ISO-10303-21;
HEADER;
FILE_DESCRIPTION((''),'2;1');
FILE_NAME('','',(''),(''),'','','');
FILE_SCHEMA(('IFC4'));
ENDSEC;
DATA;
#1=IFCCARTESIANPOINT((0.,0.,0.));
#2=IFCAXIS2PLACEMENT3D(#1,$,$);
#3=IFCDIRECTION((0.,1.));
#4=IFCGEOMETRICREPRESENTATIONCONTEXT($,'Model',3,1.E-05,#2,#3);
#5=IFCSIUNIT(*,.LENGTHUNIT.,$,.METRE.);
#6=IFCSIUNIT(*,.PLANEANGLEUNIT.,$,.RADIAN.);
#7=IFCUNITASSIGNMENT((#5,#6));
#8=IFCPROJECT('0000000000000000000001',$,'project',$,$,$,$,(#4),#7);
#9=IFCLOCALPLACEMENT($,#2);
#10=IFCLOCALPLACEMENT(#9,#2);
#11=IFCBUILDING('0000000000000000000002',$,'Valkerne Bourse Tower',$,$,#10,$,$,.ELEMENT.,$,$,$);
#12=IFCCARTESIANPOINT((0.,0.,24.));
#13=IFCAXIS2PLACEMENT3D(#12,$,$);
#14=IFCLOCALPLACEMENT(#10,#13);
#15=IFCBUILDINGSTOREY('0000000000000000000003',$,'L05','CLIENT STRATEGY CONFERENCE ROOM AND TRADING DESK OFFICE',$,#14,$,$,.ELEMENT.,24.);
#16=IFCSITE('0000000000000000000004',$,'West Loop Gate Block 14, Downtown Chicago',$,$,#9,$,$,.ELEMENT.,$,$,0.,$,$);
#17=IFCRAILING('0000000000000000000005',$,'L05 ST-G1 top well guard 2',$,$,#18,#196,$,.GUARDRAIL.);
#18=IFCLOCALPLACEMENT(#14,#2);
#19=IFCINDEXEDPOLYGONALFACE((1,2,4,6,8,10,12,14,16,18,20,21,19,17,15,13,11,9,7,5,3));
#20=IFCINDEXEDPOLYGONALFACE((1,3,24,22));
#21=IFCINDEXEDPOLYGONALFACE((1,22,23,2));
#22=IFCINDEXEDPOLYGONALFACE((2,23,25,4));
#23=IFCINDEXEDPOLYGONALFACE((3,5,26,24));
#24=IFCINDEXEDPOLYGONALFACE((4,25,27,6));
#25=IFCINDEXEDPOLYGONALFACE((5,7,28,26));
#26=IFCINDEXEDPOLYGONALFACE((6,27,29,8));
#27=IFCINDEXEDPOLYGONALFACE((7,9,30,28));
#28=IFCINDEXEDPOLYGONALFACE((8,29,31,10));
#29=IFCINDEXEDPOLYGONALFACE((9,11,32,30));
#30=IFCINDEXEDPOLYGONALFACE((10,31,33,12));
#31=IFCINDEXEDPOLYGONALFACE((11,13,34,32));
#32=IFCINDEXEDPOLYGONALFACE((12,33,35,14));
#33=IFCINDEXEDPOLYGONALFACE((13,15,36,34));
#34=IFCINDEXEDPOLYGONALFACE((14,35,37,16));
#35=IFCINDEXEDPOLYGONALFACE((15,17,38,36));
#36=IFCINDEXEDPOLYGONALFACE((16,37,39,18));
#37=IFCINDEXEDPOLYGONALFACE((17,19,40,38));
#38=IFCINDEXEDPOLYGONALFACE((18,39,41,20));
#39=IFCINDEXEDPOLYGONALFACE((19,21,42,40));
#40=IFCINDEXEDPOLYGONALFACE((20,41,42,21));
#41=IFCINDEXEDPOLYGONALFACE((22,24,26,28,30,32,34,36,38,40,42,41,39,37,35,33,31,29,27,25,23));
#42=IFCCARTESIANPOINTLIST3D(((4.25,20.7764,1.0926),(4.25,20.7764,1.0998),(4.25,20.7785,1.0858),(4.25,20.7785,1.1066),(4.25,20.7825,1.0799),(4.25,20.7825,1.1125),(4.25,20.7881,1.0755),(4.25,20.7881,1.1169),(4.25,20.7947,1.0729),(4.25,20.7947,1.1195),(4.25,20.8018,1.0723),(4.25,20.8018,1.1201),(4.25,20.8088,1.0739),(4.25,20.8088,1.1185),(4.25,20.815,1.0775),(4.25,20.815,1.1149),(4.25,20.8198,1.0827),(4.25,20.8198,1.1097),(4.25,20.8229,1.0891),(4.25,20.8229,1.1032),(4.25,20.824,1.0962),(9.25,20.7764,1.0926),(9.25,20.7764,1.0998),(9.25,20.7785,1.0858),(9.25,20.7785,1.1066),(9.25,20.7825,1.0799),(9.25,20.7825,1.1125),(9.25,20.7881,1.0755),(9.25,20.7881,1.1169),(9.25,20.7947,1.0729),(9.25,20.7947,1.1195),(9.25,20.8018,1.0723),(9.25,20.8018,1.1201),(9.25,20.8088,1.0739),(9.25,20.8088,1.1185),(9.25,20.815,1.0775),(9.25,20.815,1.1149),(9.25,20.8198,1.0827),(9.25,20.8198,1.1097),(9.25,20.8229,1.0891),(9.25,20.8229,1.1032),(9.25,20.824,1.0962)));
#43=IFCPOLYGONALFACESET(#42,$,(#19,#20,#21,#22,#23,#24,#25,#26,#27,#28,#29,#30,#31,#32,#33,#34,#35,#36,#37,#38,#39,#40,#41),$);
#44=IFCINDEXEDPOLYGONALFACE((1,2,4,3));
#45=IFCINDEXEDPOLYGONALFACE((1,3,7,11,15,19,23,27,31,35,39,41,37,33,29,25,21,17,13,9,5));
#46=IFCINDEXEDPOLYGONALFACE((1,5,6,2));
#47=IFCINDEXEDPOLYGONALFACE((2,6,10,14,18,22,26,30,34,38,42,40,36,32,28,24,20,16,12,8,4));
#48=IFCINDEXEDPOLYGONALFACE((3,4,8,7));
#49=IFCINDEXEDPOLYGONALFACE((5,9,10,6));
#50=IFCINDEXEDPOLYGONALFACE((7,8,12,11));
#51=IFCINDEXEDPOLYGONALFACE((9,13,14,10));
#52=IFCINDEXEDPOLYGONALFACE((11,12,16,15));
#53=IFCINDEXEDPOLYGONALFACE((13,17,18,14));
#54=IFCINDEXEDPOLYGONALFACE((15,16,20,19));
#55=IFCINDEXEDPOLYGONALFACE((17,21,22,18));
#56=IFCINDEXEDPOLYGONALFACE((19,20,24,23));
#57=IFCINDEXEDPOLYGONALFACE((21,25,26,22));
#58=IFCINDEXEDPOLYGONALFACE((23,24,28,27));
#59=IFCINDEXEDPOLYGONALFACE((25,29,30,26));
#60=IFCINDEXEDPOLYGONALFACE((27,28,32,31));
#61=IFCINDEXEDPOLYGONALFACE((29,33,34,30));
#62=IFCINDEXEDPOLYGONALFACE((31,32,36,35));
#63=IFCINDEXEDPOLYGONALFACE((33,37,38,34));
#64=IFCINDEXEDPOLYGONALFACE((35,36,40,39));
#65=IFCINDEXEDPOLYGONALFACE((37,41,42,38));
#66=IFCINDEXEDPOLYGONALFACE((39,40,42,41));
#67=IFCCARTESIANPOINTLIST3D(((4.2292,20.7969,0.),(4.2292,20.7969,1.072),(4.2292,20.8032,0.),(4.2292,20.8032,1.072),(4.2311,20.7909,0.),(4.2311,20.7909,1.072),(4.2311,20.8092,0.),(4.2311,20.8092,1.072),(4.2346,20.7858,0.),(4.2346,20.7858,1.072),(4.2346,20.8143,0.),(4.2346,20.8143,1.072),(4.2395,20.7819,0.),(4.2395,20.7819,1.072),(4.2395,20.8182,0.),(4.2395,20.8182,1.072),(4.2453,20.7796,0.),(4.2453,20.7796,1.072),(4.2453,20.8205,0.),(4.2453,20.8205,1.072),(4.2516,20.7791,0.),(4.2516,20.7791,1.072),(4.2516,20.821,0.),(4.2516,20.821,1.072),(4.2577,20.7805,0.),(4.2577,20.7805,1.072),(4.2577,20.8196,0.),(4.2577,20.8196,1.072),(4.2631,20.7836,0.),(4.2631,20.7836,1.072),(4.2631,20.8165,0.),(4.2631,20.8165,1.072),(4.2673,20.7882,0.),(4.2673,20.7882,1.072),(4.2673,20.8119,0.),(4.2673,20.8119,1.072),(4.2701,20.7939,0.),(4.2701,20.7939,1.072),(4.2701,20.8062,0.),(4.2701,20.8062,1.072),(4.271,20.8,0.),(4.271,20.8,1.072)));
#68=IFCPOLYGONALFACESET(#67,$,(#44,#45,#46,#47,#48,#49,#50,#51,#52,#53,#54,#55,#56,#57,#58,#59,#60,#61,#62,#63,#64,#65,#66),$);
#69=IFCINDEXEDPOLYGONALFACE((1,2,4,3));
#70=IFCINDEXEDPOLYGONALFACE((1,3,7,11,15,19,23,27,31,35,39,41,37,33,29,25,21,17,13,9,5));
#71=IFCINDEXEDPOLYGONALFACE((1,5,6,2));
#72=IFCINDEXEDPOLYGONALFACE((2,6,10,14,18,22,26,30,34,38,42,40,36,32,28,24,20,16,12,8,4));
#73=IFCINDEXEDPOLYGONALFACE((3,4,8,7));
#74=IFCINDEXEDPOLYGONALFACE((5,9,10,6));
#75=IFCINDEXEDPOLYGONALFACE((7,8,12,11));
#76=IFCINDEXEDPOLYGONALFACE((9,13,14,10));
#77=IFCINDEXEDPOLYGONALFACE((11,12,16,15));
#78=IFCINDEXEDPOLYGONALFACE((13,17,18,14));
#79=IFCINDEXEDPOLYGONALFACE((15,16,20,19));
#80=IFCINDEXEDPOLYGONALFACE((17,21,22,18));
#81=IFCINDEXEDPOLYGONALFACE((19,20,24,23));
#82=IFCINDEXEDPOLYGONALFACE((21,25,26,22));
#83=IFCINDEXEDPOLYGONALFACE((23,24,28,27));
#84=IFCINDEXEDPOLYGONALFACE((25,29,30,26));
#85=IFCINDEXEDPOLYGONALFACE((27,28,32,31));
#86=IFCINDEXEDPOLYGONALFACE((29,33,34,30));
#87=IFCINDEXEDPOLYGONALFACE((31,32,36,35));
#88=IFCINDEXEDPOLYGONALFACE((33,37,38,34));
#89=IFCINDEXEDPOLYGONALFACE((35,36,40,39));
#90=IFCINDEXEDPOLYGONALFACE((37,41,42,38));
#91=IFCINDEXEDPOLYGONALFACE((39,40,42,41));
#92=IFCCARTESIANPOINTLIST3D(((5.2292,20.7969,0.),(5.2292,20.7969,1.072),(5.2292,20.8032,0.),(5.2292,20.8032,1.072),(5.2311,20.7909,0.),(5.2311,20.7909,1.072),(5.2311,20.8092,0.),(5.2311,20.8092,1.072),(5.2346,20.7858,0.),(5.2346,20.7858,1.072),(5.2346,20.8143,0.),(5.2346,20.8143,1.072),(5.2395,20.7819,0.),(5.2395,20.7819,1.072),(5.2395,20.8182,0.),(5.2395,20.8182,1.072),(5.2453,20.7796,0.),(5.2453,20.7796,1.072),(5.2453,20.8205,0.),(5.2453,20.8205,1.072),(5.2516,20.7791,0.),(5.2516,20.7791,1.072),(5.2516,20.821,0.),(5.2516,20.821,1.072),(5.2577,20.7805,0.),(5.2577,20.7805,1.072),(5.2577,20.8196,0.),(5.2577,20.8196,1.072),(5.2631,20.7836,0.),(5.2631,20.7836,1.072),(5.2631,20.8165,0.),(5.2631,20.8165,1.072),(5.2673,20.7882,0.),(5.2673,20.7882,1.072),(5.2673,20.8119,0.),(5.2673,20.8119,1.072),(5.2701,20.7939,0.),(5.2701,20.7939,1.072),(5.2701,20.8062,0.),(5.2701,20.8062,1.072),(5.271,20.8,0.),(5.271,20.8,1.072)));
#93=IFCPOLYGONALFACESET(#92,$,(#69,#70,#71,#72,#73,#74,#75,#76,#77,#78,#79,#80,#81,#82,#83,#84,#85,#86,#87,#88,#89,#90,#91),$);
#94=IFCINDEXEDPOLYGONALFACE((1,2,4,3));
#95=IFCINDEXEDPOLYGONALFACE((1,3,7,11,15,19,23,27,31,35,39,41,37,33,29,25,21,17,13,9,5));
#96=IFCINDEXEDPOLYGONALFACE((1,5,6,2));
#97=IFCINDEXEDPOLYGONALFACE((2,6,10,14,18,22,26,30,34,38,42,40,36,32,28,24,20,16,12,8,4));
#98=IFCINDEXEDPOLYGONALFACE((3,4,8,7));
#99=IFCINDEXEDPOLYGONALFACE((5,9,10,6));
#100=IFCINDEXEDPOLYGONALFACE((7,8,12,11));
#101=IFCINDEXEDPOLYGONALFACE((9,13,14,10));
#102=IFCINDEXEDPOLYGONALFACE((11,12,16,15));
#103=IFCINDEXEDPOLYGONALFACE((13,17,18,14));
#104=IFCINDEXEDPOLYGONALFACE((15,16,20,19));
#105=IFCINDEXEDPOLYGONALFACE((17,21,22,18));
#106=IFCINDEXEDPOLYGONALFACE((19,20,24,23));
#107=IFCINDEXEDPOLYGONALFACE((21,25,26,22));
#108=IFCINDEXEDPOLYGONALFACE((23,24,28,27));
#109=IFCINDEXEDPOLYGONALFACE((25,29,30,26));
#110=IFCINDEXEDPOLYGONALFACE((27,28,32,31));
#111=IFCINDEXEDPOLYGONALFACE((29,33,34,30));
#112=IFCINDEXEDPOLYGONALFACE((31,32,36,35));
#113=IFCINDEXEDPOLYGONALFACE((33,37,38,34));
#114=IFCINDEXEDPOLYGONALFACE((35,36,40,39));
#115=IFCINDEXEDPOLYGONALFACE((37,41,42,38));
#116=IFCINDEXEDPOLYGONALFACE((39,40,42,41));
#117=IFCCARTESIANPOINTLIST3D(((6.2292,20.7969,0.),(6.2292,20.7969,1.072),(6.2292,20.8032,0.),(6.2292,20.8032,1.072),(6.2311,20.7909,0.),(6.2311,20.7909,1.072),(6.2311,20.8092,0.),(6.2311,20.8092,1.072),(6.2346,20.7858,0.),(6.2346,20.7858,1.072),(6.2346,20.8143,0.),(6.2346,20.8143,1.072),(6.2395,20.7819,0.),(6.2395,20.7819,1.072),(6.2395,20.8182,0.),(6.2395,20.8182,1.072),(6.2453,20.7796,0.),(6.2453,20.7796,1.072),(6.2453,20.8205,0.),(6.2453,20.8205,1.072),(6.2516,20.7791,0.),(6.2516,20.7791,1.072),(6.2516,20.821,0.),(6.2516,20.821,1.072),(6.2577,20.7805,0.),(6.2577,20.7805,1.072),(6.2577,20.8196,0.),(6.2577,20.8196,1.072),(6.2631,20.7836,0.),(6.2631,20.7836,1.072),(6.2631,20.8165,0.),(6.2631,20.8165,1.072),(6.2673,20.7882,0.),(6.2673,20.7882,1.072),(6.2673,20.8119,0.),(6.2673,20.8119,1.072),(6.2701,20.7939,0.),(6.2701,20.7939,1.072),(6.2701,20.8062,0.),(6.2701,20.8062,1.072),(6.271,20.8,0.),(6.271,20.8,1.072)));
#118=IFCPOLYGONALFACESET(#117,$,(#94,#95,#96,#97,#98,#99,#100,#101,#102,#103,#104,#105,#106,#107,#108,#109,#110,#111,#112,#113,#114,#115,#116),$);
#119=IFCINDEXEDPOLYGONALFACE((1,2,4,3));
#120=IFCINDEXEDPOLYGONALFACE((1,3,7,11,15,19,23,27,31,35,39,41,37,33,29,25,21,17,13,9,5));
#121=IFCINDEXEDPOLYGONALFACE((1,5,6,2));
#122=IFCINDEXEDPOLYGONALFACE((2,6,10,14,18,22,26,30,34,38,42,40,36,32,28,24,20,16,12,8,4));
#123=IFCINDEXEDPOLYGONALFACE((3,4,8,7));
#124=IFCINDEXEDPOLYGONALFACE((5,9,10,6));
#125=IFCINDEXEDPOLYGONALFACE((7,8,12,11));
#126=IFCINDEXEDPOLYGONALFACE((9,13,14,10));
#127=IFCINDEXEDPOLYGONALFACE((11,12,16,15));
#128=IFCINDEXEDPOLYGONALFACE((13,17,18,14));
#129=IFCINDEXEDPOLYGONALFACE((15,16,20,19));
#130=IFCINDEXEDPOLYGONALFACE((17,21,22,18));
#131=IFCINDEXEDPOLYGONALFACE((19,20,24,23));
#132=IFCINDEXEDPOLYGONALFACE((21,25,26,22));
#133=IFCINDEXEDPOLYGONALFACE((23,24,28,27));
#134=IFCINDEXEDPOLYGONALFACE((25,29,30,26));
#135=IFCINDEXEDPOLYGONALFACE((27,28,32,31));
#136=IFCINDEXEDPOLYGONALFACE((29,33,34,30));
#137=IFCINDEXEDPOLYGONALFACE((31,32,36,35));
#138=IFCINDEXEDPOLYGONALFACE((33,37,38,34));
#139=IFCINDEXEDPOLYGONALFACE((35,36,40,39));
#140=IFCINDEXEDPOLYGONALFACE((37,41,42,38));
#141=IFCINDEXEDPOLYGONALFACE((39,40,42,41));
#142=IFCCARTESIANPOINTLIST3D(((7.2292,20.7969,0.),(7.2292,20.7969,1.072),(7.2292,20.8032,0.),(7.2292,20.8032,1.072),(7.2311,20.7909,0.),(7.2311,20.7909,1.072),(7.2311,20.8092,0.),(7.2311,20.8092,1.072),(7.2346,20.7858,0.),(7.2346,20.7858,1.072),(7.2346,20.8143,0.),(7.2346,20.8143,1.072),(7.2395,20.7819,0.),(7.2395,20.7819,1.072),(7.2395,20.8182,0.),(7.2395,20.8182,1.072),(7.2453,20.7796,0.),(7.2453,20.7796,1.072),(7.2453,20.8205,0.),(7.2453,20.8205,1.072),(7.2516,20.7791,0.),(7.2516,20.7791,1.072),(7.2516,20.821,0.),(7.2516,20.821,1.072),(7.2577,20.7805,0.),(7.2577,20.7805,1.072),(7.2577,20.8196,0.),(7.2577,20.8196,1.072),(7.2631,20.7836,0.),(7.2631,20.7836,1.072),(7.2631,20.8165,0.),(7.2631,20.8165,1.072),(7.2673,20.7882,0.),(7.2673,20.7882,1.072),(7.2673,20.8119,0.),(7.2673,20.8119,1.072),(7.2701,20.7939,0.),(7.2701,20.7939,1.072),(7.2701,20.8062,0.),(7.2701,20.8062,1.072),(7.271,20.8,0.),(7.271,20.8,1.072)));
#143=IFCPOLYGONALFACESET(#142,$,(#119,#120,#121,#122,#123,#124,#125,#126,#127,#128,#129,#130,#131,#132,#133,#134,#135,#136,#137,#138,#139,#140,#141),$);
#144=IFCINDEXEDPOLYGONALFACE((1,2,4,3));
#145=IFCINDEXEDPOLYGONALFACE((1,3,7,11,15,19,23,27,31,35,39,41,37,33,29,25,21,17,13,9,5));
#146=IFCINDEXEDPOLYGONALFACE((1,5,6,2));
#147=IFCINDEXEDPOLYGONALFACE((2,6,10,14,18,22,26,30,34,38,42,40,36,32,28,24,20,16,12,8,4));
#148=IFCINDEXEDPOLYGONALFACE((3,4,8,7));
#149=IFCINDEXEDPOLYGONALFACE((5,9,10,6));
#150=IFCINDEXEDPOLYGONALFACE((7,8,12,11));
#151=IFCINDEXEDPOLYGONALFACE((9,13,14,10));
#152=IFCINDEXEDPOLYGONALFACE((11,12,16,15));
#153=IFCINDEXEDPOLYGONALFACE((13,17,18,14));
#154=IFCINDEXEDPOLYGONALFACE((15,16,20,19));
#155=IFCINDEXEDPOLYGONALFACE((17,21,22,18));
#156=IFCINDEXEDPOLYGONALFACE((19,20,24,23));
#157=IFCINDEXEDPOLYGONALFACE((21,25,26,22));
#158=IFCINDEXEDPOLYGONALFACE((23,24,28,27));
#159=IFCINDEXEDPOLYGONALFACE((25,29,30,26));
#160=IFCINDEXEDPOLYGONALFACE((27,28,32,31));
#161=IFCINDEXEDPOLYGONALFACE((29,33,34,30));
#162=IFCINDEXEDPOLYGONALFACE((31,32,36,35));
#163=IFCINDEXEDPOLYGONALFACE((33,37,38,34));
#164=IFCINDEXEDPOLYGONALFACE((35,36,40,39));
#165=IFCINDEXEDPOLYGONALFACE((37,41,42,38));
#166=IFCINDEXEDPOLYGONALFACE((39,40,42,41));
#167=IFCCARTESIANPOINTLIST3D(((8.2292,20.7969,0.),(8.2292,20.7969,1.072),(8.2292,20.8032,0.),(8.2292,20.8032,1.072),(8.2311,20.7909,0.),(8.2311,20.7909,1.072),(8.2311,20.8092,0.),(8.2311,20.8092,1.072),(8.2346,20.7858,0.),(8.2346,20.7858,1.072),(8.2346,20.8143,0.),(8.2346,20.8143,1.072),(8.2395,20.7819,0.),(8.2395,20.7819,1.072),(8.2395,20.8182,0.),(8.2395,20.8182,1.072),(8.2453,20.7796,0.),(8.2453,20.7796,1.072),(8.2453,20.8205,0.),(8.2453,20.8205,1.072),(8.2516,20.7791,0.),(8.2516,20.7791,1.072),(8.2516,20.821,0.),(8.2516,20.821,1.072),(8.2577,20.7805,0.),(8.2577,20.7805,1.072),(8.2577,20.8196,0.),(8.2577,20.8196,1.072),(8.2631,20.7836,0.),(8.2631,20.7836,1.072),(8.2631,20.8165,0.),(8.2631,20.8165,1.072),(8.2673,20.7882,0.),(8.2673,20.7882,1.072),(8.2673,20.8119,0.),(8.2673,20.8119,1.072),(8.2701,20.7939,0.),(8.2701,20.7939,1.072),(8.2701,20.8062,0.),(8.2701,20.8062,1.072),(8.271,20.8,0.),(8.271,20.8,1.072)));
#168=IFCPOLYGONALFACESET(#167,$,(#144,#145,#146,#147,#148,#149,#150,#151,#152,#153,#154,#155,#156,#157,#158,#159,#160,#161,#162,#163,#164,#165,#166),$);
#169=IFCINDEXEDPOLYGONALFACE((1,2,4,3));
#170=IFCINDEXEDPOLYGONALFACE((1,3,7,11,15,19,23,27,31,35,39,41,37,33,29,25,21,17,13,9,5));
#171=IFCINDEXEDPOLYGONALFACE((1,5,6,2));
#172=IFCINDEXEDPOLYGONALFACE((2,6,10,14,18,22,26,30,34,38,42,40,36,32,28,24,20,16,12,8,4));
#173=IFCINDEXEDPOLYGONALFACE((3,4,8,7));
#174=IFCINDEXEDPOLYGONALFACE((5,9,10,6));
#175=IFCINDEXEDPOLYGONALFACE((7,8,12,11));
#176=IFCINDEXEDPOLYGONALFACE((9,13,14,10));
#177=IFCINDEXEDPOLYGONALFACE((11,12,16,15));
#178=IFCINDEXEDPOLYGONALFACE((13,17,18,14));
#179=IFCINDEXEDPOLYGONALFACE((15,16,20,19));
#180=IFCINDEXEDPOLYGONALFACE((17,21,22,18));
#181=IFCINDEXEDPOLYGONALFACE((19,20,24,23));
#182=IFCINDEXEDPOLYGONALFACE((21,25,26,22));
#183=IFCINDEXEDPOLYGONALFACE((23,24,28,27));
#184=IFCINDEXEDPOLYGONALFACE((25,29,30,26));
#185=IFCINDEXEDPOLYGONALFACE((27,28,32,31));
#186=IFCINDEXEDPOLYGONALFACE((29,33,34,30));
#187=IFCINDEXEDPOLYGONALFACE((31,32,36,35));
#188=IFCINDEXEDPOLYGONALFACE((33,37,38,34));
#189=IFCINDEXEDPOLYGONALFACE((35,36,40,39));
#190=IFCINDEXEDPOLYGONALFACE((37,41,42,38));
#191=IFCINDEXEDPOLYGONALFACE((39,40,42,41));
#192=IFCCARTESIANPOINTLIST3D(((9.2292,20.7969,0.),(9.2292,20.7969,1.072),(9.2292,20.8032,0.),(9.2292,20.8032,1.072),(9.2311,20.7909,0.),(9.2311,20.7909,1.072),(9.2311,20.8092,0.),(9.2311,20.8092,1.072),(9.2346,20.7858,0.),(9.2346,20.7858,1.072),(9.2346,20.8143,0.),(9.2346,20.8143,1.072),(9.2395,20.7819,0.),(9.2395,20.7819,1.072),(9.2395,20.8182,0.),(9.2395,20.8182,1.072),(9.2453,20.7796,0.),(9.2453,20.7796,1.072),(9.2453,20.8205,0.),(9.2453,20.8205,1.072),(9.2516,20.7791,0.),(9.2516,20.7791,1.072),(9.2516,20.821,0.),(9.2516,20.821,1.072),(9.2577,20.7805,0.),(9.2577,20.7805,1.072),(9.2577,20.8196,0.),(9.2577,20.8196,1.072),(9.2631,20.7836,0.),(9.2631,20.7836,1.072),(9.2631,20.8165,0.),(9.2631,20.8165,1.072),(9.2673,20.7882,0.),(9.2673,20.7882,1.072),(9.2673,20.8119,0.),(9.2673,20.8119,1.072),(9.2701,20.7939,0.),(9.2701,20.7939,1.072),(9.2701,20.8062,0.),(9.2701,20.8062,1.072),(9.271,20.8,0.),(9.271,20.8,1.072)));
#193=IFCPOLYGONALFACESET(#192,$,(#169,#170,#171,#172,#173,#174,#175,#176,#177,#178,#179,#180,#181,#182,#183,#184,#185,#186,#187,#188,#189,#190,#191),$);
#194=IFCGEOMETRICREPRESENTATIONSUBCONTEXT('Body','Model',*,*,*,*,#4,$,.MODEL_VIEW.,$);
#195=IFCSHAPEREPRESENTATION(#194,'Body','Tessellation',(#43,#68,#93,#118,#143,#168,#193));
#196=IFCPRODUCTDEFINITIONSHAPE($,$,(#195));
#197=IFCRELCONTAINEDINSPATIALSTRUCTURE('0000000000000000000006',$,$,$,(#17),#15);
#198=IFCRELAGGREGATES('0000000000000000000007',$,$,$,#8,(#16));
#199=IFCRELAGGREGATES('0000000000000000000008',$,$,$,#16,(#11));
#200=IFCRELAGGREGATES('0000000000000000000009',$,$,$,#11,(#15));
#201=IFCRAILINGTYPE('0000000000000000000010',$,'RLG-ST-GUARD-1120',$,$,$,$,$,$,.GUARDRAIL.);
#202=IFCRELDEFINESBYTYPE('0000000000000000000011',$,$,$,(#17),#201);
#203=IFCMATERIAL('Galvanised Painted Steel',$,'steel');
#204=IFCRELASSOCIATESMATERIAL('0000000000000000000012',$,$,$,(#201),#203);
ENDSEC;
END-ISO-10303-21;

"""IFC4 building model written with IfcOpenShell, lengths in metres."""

from ifc_helpers import new_model, si_unit, direction, frame, origin, origin_2d, place, context, subcontext, project, spatial, circle, extrude, material, type_object, element, save


model = new_model("IFC4")

# Units and contexts
model_context = context("Model", 3, precision=1e-05, world=origin(), true_north=direction((0.0, 1.0)))
body_context = subcontext(model_context, "Body", "Model", "MODEL_VIEW")
ifc_project = project(units=[si_unit("LENGTHUNIT", "METRE"), si_unit("PLANEANGLEUNIT", "RADIAN")], contexts=[model_context])

# Site, building, storey
site_placement = place(None, origin())
site = spatial("IfcSite", under=ifc_project, at=site_placement, Name="West Loop Gate Block 14, Downtown Chicago", CompositionType="ELEMENT", RefElevation=0.0)
building_placement = place(site_placement, origin())
building = spatial("IfcBuilding", under=site, at=building_placement, Name="Valkerne Bourse Tower", CompositionType="ELEMENT")
storey_placement = place(building_placement, frame((0.0, 0.0, 24.0)))
storey = spatial("IfcBuildingStorey", under=building, at=storey_placement, Name="L05", Description="CLIENT STRATEGY CONFERENCE ROOM AND TRADING DESK OFFICE", CompositionType="ELEMENT", Elevation=24.0)

# Railing
ifc_material_1 = material(Name="Galvanised Painted Steel", Category="steel")
railing_type = type_object("IfcRailingType", Name="RLG-ST-GUARD-1120", PredefinedType="GUARDRAIL", material=ifc_material_1)
for number, where, name in (
    (1, (4.25, 20.8, 0.0), "L05 ST-G1 top well guard 2"),
):
    element("IfcRailing", number, at=place(storey_placement, frame(where)), inside=storey, type_object=railing_type, Name=name, PredefinedType="GUARDRAIL", context=body_context, shape_type="SweptSolid", body=[
        extrude(circle(Radius=0.0239, at=origin_2d()), frame((0.0, 0.0, 1.0962), z_axis=(1.0, 0.0, 0.0), x_axis=(0.0, 1.0, 0.0)), (0.0, 0.0, 1.0), 5.0),
        extrude(circle(Radius=0.021, at=origin_2d()), origin(), (0.0, 0.0, 1.0), 1.072),
        extrude(circle(Radius=0.021, at=origin_2d()), frame((1.0, 0.0, 0.0)), (0.0, 0.0, 1.0), 1.072),
        extrude(circle(Radius=0.021, at=origin_2d()), frame((2.0, 0.0, 0.0)), (0.0, 0.0, 1.0), 1.072),
        extrude(circle(Radius=0.021, at=origin_2d()), frame((3.0, 0.0, 0.0)), (0.0, 0.0, 1.0), 1.072),
        extrude(circle(Radius=0.021, at=origin_2d()), frame((4.0, 0.0, 0.0)), (0.0, 0.0, 1.0), 1.072),
        extrude(circle(Radius=0.021, at=origin_2d()), frame((5.0, 0.0, 0.0)), (0.0, 0.0, 1.0), 1.072),
    ])

save(model, "model.ifc")
